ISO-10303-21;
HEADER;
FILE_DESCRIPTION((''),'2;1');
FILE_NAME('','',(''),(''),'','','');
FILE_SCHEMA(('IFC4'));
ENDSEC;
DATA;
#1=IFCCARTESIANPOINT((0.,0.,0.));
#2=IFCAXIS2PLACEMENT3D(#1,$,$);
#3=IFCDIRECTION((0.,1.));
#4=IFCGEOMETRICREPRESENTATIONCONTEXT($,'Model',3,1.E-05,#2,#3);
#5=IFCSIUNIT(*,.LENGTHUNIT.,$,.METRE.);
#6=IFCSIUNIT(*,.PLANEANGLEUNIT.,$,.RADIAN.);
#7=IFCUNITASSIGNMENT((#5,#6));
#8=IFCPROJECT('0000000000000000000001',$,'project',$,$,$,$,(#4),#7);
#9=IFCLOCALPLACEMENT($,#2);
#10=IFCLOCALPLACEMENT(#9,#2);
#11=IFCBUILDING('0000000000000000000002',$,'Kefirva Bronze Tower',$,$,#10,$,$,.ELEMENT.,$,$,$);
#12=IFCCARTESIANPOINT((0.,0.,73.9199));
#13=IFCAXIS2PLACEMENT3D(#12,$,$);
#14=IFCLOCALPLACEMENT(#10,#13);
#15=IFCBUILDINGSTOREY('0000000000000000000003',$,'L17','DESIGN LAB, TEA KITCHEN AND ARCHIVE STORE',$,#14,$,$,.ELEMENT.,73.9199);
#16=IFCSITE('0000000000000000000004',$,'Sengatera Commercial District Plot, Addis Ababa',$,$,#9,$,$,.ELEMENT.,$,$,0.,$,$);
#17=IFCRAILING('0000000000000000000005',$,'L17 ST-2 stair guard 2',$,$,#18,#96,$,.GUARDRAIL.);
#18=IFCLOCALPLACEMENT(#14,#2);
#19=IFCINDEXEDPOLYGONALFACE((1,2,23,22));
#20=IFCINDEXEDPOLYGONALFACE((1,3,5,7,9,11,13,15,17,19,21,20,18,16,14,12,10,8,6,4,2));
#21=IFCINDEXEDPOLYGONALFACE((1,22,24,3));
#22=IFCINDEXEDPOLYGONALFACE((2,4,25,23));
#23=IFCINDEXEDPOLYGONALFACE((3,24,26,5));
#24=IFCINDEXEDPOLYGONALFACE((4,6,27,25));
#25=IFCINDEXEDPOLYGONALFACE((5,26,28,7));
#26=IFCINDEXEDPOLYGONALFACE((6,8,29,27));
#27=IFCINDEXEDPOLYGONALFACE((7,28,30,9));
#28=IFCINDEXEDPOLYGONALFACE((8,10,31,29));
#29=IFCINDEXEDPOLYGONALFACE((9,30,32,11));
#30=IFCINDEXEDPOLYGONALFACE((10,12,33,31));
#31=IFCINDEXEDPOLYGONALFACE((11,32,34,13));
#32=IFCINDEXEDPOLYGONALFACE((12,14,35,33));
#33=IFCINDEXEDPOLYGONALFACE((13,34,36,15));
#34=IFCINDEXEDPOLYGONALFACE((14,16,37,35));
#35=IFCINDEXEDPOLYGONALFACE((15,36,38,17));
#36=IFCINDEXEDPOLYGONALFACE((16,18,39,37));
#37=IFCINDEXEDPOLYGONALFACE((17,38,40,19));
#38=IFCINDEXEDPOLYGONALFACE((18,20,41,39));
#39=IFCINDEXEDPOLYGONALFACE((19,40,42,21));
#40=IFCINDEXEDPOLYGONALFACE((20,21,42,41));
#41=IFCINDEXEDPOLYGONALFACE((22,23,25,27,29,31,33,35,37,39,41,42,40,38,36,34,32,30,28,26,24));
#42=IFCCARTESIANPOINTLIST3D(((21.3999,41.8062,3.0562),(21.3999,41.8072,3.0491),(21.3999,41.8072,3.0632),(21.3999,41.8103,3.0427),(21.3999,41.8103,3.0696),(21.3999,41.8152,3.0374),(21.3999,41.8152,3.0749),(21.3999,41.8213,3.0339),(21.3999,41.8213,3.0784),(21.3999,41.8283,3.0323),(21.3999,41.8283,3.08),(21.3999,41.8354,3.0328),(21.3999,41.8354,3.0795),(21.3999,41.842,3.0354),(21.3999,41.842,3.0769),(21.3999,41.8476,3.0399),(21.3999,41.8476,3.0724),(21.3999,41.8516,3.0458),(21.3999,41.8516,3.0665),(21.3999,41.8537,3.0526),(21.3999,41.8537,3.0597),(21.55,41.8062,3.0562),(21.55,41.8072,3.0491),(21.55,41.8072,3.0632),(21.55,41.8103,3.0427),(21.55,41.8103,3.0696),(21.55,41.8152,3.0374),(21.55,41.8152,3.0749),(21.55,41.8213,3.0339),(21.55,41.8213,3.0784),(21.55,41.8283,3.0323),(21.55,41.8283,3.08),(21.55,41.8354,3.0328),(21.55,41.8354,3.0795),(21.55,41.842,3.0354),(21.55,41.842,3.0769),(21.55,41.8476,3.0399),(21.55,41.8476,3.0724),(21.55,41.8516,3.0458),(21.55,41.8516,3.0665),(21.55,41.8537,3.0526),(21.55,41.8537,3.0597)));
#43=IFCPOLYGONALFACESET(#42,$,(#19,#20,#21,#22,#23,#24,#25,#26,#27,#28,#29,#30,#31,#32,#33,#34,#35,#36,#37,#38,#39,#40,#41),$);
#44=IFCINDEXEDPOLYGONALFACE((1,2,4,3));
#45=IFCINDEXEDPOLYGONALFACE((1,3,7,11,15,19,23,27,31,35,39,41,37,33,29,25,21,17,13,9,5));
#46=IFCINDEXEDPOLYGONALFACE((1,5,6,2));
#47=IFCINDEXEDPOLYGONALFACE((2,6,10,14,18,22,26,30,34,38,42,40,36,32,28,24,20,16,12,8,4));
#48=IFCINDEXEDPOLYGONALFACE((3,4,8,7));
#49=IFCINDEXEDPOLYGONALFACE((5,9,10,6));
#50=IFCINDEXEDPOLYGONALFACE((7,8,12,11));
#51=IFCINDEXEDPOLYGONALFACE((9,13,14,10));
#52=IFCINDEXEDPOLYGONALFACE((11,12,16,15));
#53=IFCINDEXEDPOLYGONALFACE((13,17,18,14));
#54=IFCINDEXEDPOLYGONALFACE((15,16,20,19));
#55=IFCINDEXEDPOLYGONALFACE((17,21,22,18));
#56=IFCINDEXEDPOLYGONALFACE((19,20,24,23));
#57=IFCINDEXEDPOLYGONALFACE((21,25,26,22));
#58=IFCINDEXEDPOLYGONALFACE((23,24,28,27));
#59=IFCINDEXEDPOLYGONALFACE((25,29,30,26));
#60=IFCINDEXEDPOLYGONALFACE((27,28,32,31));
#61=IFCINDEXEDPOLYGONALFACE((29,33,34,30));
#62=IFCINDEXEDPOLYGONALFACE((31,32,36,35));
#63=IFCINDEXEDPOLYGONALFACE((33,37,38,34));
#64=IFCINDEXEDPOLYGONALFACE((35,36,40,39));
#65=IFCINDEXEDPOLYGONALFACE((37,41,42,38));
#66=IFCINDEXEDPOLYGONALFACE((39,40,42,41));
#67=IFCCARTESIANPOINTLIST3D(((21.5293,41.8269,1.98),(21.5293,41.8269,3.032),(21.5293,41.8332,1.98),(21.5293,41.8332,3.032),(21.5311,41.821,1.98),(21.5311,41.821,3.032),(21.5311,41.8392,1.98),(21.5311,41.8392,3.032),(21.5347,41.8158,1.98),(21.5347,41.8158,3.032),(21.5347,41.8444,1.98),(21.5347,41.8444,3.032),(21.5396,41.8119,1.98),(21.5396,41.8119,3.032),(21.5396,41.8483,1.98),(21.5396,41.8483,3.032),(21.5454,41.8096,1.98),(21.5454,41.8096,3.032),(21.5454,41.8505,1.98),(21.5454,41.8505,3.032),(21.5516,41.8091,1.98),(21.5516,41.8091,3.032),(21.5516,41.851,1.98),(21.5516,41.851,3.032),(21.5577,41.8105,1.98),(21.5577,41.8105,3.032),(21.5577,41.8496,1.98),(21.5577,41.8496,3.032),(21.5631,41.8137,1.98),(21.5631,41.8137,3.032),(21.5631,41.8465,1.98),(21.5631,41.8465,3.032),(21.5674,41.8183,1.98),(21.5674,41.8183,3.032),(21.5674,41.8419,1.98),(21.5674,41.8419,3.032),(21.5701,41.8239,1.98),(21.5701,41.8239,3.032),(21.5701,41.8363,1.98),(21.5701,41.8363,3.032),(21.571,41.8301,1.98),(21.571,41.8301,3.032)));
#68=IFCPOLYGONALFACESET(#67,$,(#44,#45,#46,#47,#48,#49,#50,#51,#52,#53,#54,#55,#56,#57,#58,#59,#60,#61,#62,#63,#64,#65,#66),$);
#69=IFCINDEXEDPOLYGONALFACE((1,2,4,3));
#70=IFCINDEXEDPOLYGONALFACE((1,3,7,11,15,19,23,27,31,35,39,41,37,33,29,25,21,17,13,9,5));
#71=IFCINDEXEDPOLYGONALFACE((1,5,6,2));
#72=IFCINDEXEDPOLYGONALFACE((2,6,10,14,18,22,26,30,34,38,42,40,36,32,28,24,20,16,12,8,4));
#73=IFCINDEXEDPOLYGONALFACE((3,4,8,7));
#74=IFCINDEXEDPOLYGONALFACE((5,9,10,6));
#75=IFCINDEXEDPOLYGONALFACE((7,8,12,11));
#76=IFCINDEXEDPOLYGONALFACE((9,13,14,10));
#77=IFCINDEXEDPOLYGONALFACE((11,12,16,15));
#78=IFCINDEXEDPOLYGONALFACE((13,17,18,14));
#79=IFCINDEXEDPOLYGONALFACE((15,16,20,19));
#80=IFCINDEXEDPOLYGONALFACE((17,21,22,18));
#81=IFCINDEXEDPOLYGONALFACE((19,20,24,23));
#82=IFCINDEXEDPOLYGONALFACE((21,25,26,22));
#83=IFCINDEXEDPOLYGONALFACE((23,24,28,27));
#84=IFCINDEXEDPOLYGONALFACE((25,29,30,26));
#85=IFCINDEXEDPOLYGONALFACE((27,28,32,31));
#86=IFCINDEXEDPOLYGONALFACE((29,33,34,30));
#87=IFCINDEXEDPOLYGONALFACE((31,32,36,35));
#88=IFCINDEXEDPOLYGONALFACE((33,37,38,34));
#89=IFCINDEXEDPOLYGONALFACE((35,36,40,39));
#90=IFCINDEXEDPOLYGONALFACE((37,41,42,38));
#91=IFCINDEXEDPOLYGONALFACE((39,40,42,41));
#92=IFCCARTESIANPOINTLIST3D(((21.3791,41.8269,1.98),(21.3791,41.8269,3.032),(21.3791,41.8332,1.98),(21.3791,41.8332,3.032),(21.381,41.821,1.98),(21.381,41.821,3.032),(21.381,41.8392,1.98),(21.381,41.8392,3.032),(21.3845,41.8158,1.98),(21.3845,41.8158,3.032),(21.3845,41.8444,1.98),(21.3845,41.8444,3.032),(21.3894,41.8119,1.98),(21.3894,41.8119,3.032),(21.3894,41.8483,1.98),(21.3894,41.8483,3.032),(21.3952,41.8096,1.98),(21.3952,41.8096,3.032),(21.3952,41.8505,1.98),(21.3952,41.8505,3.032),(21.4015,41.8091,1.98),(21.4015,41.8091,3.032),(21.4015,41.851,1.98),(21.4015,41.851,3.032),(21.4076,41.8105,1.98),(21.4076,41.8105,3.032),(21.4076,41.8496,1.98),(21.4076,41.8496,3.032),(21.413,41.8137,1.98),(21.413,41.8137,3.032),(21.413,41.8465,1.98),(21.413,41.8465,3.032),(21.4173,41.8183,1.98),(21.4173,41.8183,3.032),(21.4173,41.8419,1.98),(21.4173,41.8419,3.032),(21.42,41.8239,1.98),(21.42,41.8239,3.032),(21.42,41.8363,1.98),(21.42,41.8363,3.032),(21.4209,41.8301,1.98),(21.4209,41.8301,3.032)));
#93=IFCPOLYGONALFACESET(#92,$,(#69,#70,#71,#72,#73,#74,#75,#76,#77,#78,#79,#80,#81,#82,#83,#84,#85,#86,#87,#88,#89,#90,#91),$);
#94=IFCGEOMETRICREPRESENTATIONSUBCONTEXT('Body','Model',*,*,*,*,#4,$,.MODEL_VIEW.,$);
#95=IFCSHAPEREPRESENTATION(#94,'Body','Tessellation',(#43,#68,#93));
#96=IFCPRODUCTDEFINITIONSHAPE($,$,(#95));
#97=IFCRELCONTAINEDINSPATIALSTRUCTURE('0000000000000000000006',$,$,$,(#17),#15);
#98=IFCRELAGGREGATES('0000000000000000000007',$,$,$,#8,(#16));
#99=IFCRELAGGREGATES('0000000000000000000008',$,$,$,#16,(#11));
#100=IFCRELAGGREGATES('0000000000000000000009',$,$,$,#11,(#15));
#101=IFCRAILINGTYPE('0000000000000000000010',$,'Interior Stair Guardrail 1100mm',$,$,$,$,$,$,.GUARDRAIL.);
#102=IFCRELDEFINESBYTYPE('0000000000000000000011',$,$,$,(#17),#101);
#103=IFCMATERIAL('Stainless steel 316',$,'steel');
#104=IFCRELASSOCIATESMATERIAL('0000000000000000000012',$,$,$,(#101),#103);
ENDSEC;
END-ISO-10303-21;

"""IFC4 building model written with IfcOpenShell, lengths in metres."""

from ifc_helpers import new_model, si_unit, direction, frame, origin, origin_2d, place, context, subcontext, project, spatial, circle, extrude, material, type_object, element, save


model = new_model("IFC4")

# Units and contexts
model_context = context("Model", 3, precision=1e-05, world=origin(), true_north=direction((0.0, 1.0)))
body_context = subcontext(model_context, "Body", "Model", "MODEL_VIEW")
ifc_project = project(units=[si_unit("LENGTHUNIT", "METRE"), si_unit("PLANEANGLEUNIT", "RADIAN")], contexts=[model_context])

# Site, building, storey
site_placement = place(None, origin())
site = spatial("IfcSite", under=ifc_project, at=site_placement, Name="Sengatera Commercial District Plot, Addis Ababa", CompositionType="ELEMENT", RefElevation=0.0)
building_placement = place(site_placement, origin())
building = spatial("IfcBuilding", under=site, at=building_placement, Name="Kefirva Bronze Tower", CompositionType="ELEMENT")
storey_placement = place(building_placement, frame((0.0, 0.0, 73.9199)))
storey = spatial("IfcBuildingStorey", under=building, at=storey_placement, Name="L17", Description="DESIGN LAB, TEA KITCHEN AND ARCHIVE STORE", CompositionType="ELEMENT", Elevation=73.9199)

# Railing
ifc_material_1 = material(Name="Stainless steel 316", Category="steel")
railing_type_1 = type_object("IfcRailingType", Name="Interior Stair Guardrail 1100mm", PredefinedType="GUARDRAIL", material=ifc_material_1)
railing_1_placement = place(storey_placement, frame((21.55, 41.8301, 1.98)))
element("IfcRailing", 1, at=railing_1_placement, inside=storey, type_object=railing_type_1, Name="L17 ST-2 stair guard 2", PredefinedType="GUARDRAIL", context=body_context, shape_type="SweptSolid", body=[
    extrude(circle(Radius=0.0239, at=origin_2d()), frame((0.0, 0.0, 1.0762), z_axis=(-1.0, 0.0, 0.0), x_axis=(0.0, -1.0, 0.0)), (0.0, 0.0, 1.0), 0.1501),
    extrude(circle(Radius=0.021, at=origin_2d()), origin(), (0.0, 0.0, 1.0), 1.052),
    extrude(circle(Radius=0.021, at=origin_2d()), frame((-0.1501, 0.0, 0.0)), (0.0, 0.0, 1.0), 1.052),
])

save(model, "model.ifc")
